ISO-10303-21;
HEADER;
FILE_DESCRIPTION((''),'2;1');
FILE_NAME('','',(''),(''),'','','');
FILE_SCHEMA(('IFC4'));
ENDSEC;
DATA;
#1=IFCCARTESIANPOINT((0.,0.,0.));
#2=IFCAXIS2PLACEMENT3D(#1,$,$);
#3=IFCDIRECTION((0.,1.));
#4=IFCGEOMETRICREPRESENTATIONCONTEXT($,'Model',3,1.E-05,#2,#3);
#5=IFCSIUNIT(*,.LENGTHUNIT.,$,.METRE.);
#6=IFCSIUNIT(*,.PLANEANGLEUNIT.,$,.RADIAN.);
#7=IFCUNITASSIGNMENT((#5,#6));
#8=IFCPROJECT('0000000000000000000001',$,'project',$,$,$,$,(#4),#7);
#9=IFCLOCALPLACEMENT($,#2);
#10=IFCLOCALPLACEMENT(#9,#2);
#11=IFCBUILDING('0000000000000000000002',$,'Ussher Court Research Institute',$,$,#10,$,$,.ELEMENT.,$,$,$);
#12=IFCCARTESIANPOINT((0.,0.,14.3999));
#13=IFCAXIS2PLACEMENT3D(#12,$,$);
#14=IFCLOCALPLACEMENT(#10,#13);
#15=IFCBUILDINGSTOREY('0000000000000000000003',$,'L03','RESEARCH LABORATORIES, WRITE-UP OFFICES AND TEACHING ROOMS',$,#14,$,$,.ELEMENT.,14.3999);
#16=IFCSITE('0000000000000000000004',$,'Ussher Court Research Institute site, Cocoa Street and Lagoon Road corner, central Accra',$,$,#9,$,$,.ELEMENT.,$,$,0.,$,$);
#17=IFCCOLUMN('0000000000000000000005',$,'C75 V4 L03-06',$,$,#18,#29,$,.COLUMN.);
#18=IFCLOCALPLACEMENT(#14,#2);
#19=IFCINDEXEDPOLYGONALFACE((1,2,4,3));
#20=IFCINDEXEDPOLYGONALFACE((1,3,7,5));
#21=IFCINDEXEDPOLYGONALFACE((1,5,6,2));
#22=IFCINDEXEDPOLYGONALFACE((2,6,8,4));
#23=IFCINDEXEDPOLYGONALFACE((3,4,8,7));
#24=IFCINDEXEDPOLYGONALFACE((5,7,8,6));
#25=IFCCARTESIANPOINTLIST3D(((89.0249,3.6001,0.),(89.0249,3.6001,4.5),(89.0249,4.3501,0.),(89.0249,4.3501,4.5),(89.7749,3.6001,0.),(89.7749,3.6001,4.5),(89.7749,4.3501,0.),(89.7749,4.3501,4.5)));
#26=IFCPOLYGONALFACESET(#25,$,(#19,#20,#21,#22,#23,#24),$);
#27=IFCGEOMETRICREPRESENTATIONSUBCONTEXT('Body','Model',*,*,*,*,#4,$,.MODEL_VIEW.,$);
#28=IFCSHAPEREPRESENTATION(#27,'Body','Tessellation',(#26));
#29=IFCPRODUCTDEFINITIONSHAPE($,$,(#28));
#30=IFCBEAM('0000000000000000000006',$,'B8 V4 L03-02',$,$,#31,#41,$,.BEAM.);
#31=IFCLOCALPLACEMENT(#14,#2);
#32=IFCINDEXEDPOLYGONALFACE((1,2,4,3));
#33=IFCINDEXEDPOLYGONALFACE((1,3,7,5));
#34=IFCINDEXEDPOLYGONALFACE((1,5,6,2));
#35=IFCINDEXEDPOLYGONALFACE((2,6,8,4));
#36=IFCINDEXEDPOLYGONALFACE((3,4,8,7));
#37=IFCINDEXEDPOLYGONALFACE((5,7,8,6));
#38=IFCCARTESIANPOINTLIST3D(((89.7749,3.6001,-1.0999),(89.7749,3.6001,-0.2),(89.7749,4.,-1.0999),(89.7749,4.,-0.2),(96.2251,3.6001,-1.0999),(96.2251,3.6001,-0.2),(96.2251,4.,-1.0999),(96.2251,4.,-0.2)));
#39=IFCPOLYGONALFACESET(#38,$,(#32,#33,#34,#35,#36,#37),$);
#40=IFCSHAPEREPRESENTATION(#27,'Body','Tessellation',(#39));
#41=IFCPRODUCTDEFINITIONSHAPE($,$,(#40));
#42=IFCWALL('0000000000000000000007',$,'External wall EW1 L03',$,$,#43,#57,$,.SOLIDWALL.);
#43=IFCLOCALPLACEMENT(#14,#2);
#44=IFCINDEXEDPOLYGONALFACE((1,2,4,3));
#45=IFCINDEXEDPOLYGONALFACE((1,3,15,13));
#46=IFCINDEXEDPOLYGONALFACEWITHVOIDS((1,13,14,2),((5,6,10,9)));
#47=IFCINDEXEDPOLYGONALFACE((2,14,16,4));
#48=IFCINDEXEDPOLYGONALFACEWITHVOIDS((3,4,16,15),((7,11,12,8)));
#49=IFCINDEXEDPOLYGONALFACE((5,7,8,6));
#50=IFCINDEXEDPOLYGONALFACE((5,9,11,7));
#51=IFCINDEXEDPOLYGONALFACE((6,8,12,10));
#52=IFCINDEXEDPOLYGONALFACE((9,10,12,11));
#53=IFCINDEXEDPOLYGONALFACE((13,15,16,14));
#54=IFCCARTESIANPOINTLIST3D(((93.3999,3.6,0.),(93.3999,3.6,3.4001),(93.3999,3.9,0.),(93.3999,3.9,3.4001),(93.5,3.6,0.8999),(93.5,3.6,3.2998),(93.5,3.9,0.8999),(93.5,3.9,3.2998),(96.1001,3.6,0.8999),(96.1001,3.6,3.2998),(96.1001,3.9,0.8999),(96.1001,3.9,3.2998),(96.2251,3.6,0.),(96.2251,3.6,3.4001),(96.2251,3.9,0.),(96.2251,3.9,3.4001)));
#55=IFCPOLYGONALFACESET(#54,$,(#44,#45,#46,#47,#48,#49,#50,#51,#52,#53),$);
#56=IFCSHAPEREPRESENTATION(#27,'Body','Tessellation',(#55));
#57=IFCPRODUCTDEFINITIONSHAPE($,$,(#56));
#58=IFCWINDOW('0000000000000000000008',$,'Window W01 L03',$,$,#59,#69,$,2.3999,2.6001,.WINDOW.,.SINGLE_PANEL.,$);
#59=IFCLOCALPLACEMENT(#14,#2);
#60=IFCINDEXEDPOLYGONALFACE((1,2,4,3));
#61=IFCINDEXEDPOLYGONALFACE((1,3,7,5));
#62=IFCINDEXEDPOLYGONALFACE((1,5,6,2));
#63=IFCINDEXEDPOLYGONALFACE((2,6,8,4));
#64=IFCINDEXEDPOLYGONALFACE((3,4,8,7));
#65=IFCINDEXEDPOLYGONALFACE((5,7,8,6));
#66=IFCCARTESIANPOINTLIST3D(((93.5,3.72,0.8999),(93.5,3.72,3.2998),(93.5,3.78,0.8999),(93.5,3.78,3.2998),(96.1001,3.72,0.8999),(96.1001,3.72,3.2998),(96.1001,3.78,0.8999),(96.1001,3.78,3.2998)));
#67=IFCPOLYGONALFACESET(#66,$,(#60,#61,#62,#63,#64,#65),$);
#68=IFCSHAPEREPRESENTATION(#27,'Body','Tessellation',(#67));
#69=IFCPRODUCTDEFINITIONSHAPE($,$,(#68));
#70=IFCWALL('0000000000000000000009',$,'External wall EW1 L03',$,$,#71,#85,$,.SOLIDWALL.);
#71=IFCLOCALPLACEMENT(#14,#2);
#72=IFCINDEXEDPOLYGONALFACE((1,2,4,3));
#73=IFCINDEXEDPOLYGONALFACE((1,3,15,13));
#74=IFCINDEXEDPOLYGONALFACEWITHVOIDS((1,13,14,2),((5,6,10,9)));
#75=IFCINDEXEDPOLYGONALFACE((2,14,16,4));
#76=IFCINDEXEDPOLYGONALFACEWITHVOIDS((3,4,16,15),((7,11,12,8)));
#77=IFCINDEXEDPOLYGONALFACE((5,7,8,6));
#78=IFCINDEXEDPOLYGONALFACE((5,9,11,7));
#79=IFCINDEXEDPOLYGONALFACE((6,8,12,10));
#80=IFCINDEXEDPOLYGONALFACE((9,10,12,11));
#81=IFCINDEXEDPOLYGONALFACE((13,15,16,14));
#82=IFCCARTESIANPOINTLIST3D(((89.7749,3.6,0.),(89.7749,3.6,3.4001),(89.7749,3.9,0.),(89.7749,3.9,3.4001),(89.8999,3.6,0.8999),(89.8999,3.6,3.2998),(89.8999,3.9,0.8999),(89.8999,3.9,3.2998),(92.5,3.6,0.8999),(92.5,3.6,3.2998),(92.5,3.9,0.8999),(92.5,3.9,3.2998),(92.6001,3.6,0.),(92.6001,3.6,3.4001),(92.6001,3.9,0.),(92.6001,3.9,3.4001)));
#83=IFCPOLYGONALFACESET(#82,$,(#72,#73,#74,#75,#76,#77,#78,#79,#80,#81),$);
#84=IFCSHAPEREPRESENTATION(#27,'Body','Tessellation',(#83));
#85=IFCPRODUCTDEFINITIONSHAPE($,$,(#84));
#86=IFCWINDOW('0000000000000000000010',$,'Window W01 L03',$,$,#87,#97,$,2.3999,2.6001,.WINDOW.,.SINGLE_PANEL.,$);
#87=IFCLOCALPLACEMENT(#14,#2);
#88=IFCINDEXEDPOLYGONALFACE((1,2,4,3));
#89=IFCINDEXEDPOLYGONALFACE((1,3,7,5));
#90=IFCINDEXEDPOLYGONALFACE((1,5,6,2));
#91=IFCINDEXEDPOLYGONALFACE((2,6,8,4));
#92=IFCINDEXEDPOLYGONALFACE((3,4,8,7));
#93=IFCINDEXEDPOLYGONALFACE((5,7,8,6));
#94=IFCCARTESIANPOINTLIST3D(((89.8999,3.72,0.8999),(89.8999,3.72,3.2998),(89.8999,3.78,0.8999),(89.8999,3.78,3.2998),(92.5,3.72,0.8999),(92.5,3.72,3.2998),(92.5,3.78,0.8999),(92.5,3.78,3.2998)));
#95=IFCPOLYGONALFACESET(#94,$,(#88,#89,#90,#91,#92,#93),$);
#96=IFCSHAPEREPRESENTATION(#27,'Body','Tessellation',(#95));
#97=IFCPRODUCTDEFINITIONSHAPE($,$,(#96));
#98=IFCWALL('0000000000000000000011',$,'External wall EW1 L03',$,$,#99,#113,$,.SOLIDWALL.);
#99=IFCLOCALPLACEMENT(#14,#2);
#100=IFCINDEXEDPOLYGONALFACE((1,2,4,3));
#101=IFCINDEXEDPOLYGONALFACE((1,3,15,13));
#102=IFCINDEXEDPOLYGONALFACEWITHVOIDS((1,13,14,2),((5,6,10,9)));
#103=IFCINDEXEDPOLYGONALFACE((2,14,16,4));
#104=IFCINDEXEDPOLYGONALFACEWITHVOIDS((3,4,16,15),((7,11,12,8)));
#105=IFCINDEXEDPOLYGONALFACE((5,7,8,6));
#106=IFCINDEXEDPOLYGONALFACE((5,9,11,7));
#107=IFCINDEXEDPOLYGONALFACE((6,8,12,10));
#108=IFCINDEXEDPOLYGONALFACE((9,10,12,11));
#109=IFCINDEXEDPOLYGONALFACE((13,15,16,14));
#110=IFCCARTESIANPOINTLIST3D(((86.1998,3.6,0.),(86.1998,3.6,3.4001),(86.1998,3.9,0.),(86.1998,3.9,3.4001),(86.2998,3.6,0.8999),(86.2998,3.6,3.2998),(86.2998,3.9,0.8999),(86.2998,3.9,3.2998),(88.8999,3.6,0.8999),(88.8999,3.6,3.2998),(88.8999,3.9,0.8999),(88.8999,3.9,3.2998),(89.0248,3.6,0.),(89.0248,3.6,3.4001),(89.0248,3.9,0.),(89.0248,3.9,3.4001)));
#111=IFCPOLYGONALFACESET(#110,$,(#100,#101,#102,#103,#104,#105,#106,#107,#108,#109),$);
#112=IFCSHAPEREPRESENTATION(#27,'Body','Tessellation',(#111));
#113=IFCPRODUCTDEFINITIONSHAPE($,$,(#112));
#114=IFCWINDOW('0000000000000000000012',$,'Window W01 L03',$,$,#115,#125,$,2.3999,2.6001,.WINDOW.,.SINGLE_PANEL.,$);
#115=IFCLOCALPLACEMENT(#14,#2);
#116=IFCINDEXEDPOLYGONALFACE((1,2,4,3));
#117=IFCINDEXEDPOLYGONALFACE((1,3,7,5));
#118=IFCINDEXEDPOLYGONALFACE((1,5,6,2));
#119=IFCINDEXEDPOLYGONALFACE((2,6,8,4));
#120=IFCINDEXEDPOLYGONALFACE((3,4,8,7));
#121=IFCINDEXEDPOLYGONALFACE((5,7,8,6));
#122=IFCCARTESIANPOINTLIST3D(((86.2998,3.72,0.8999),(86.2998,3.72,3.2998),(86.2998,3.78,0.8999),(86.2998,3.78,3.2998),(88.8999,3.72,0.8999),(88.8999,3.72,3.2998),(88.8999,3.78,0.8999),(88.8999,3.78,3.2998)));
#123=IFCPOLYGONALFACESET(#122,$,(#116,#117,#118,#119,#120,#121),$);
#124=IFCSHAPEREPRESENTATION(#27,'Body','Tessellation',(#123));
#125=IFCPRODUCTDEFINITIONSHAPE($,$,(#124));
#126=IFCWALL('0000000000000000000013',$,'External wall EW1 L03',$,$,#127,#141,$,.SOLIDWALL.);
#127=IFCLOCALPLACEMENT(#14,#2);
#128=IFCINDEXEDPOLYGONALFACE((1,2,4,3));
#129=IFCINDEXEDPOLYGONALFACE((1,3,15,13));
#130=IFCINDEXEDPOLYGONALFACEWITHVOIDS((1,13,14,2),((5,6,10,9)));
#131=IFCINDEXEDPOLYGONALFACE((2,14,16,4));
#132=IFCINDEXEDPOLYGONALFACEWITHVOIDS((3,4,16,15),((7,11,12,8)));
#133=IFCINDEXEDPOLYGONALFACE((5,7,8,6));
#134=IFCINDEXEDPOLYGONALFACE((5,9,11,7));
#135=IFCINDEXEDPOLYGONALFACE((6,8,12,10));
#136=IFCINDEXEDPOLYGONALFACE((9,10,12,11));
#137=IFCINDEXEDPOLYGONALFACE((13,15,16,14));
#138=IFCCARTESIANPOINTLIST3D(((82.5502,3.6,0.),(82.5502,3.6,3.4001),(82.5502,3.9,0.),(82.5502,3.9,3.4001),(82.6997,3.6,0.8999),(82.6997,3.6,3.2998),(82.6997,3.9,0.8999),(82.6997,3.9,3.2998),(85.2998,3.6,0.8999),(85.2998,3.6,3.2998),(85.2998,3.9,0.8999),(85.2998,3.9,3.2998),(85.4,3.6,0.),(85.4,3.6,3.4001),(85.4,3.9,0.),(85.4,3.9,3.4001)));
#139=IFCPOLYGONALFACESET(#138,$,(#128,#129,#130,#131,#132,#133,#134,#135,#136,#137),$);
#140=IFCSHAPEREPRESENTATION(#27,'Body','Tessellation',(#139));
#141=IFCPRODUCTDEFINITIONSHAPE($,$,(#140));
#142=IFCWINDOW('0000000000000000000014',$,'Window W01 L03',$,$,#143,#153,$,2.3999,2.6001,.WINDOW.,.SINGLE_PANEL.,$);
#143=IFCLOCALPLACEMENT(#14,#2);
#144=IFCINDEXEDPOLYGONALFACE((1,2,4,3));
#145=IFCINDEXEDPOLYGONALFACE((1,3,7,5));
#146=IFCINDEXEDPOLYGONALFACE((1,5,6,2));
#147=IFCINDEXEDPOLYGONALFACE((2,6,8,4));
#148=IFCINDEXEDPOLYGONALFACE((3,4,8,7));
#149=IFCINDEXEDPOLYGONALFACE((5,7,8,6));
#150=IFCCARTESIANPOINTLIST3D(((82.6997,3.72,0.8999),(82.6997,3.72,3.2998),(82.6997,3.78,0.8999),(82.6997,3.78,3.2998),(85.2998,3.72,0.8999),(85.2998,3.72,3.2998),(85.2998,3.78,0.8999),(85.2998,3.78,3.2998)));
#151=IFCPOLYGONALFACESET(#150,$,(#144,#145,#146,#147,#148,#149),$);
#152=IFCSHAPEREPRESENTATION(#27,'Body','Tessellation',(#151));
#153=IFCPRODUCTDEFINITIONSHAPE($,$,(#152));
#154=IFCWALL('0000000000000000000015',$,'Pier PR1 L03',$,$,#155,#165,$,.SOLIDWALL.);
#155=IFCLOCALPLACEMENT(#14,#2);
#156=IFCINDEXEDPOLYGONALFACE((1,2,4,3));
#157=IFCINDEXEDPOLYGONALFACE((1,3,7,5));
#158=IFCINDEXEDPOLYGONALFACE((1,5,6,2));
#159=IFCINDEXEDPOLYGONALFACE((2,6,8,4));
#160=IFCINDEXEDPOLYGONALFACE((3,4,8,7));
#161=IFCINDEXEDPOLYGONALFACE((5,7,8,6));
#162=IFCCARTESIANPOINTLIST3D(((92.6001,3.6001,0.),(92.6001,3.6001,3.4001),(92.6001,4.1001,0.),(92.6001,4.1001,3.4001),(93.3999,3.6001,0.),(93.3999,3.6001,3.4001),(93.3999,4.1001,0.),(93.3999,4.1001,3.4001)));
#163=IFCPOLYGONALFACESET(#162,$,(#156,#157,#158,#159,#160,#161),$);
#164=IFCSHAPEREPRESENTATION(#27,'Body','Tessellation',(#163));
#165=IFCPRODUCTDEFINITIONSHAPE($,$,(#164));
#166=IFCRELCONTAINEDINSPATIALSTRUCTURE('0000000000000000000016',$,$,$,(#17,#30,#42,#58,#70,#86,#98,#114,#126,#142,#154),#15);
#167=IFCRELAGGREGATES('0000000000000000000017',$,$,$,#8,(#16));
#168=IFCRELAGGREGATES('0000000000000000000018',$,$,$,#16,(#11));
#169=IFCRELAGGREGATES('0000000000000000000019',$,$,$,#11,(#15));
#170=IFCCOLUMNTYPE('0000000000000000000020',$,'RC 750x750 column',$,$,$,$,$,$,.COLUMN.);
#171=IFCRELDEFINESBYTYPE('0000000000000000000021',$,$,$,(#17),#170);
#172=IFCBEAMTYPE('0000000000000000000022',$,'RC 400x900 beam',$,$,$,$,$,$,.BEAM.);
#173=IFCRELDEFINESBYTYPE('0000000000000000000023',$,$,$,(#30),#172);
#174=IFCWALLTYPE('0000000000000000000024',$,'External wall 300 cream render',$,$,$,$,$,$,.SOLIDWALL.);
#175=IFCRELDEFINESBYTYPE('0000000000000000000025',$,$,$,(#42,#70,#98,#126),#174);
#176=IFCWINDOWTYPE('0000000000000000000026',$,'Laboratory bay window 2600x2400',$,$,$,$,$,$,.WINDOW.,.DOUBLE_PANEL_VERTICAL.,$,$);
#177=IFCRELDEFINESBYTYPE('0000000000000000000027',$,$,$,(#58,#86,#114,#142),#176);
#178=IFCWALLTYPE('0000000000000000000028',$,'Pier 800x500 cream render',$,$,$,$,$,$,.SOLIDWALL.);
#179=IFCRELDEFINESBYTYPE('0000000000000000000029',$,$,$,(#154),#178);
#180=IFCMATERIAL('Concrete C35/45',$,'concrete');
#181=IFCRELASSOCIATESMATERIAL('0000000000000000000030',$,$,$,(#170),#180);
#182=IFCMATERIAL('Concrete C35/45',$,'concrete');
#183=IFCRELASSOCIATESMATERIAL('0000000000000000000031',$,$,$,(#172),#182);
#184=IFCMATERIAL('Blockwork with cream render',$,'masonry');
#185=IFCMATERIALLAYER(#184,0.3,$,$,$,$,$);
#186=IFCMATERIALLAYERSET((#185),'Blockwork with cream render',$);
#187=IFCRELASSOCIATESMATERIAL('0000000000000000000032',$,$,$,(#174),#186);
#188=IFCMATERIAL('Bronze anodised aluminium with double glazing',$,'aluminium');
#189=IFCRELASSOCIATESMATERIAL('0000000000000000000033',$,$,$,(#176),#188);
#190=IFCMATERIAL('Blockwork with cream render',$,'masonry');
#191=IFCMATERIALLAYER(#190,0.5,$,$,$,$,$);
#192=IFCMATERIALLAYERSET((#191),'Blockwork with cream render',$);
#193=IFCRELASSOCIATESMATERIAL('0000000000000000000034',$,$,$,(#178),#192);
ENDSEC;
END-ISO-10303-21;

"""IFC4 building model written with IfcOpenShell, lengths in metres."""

from ifc_helpers import new_model, si_unit, direction, frame, frame_2d, origin, origin_2d, place, context, subcontext, project, spatial, rectangle, extrude, material, layer, layer_set, material_profile, profile_set, type_object, element, fill, save


model = new_model("IFC4")

# Units and contexts
model_context = context("Model", 3, precision=1e-05, world=origin(), true_north=direction((0.0, 1.0)))
body_context = subcontext(model_context, "Body", "Model", "MODEL_VIEW")
ifc_project = project(units=[si_unit("LENGTHUNIT", "METRE"), si_unit("PLANEANGLEUNIT", "RADIAN")], contexts=[model_context])

# Site, building, storey
site_placement = place(None, origin())
site = spatial("IfcSite", under=ifc_project, at=site_placement, Name="Ussher Court Research Institute site, Cocoa Street and Lagoon Road corner, central Accra", CompositionType="ELEMENT", RefElevation=0.0)
building_placement = place(site_placement, origin())
building = spatial("IfcBuilding", under=site, at=building_placement, Name="Ussher Court Research Institute", CompositionType="ELEMENT")
storey_placement = place(building_placement, frame((0.0, 0.0, 14.3999)))
storey = spatial("IfcBuildingStorey", under=building, at=storey_placement, Name="L03", Description="RESEARCH LABORATORIES, WRITE-UP OFFICES AND TEACHING ROOMS", CompositionType="ELEMENT", Elevation=14.3999)

# Column
ifc_material_1 = material(Name="Concrete C35/45", Category="concrete")
ifc_material_profile_1 = material_profile(ifc_material_1, rectangle(XDim=0.75, YDim=0.75, at=origin_2d()), Name="RC 750x750")
ifc_profile_set_1 = profile_set([ifc_material_profile_1], Name="Concrete C35/45")
column_type = type_object("IfcColumnType", Name="RC 750x750 column", PredefinedType="COLUMN", material=ifc_profile_set_1)
column_placement = place(storey_placement, frame((89.3999, 3.9751, 0.0), z_axis=(0.0, 0.0, 1.0), x_axis=(1.0, 0.0, 0.0)))
element("IfcColumn", 1, at=column_placement, inside=storey, type_object=column_type, Name="C75 V4 L03-06", PredefinedType="COLUMN", context=body_context, shape_type="SweptSolid", body=[
    extrude(rectangle(XDim=0.75, YDim=0.75, at=origin_2d()), origin(), (0.0, 0.0, 1.0), 4.5),
])

# Beam
ifc_material_2 = material(Name="Concrete C35/45", Category="concrete")
ifc_material_profile_2 = material_profile(ifc_material_2, rectangle(XDim=0.3999, YDim=0.8999, at=origin_2d()), Name="RC 400x900")
ifc_profile_set_2 = profile_set([ifc_material_profile_2], Name="Concrete C35/45")
beam_type = type_object("IfcBeamType", Name="RC 400x900 beam", PredefinedType="BEAM", material=ifc_profile_set_2)
beam_placement = place(storey_placement, frame((89.7749, 3.8, -0.6499), z_axis=(1.0, 0.0, 0.0), x_axis=(0.0, 1.0, 0.0)))
element("IfcBeam", 2, at=beam_placement, inside=storey, type_object=beam_type, Name="B8 V4 L03-02", PredefinedType="BEAM", context=body_context, shape_type="SweptSolid", body=[
    extrude(rectangle(XDim=0.3999, YDim=0.8999, at=origin_2d()), origin(), (0.0, 0.0, 1.0), 6.4502),
])

# Walls, openings, windows
ifc_material_3 = material(Name="Blockwork with cream render", Category="masonry")
ifc_layer_1 = layer(ifc_material_3, 0.3)
ifc_layer_set_1 = layer_set([ifc_layer_1], Name="Blockwork with cream render")
wall_type_1 = type_object("IfcWallType", Name="External wall 300 cream render", PredefinedType="SOLIDWALL", material=ifc_layer_set_1)
wall_1_placement = place(storey_placement, frame((96.2251, 3.75, 0.0), z_axis=(0.0, 0.0, 1.0), x_axis=(-1.0, 0.0, 0.0)))
wall_1 = element("IfcWall", 3, at=wall_1_placement, inside=storey, type_object=wall_type_1, Name="External wall EW1 L03", PredefinedType="SOLIDWALL", context=body_context, shape_type="SweptSolid", body=[
    extrude(rectangle(XDim=2.8252, YDim=0.3, at=frame_2d((1.4126, 0.0))), origin(), (0.0, 0.0, 1.0), 3.4001),
])
opening_1_placement = place(wall_1_placement, frame((0.125, 0.0, 0.8999)))
opening_1 = element("IfcOpeningElement", 4, at=opening_1_placement, cuts=wall_1, PredefinedType="OPENING", context=body_context, shape_type="SweptSolid", body=[
    extrude(rectangle(XDim=2.6001, YDim=2.3999, at=frame_2d((1.3, 1.2))), frame((0.0, 0.1602, 0.0), z_axis=(0.0, -1.0, 0.0), x_axis=(1.0, 0.0, 0.0)), (0.0, 0.0, 1.0), 0.3201),
])
ifc_material_4 = material(Name="Bronze anodised aluminium with double glazing", Category="aluminium")
window_type = type_object("IfcWindowType", Name="Laboratory bay window 2600x2400", PartitioningType="DOUBLE_PANEL_VERTICAL", PredefinedType="WINDOW", material=ifc_material_4)
window_1_placement = place(opening_1_placement, origin())
window_1 = element("IfcWindow", 5, at=window_1_placement, inside=storey, type_object=window_type, Name="Window W01 L03", OverallHeight=2.3999, OverallWidth=2.6001, PartitioningType="SINGLE_PANEL", PredefinedType="WINDOW", context=body_context, shape_type="SweptSolid", body=[
    extrude(rectangle(XDim=2.6001, YDim=2.3999, at=frame_2d((1.3, 1.2))), frame((0.0, 0.03, 0.0), z_axis=(0.0, -1.0, 0.0), x_axis=(1.0, 0.0, 0.0)), (0.0, 0.0, 1.0), 0.0601),
])
fill(opening_1, window_1)
wall_2_placement = place(storey_placement, frame((92.6001, 3.75, 0.0), z_axis=(0.0, 0.0, 1.0), x_axis=(-1.0, 0.0, 0.0)))
wall_2 = element("IfcWall", 6, at=wall_2_placement, inside=storey, type_object=wall_type_1, Name="External wall EW1 L03", PredefinedType="SOLIDWALL", context=body_context, shape_type="SweptSolid", body=[
    extrude(rectangle(XDim=2.8252, YDim=0.3, at=frame_2d((1.4126, 0.0))), origin(), (0.0, 0.0, 1.0), 3.4001),
])
opening_2_placement = place(wall_2_placement, frame((0.1001, 0.0, 0.8999)))
opening_2 = element("IfcOpeningElement", 7, at=opening_2_placement, cuts=wall_2, PredefinedType="OPENING", context=body_context, shape_type="SweptSolid", body=[
    extrude(rectangle(XDim=2.6001, YDim=2.3999, at=frame_2d((1.3, 1.2))), frame((0.0, 0.1602, 0.0), z_axis=(0.0, -1.0, 0.0), x_axis=(1.0, 0.0, 0.0)), (0.0, 0.0, 1.0), 0.3201),
])
window_2_placement = place(opening_2_placement, origin())
window_2 = element("IfcWindow", 8, at=window_2_placement, inside=storey, type_object=window_type, Name="Window W01 L03", OverallHeight=2.3999, OverallWidth=2.6001, PartitioningType="SINGLE_PANEL", PredefinedType="WINDOW", context=body_context, shape_type="SweptSolid", body=[
    extrude(rectangle(XDim=2.6001, YDim=2.3999, at=frame_2d((1.3, 1.2))), frame((0.0, 0.03, 0.0), z_axis=(0.0, -1.0, 0.0), x_axis=(1.0, 0.0, 0.0)), (0.0, 0.0, 1.0), 0.0601),
])
fill(opening_2, window_2)
wall_3_placement = place(storey_placement, frame((89.0249, 3.75, 0.0), z_axis=(0.0, 0.0, 1.0), x_axis=(-1.0, 0.0, 0.0)))
wall_3 = element("IfcWall", 9, at=wall_3_placement, inside=storey, type_object=wall_type_1, Name="External wall EW1 L03", PredefinedType="SOLIDWALL", context=body_context, shape_type="SweptSolid", body=[
    extrude(rectangle(XDim=2.825, YDim=0.3, at=frame_2d((1.4126, 0.0))), origin(), (0.0, 0.0, 1.0), 3.4001),
])
opening_3_placement = place(wall_3_placement, frame((0.125, 0.0, 0.8999)))
opening_3 = element("IfcOpeningElement", 10, at=opening_3_placement, cuts=wall_3, PredefinedType="OPENING", context=body_context, shape_type="SweptSolid", body=[
    extrude(rectangle(XDim=2.6001, YDim=2.3999, at=frame_2d((1.3, 1.2))), frame((0.0, 0.1602, 0.0), z_axis=(0.0, -1.0, 0.0), x_axis=(1.0, 0.0, 0.0)), (0.0, 0.0, 1.0), 0.3201),
])
window_3_placement = place(opening_3_placement, origin())
window_3 = element("IfcWindow", 11, at=window_3_placement, inside=storey, type_object=window_type, Name="Window W01 L03", OverallHeight=2.3999, OverallWidth=2.6001, PartitioningType="SINGLE_PANEL", PredefinedType="WINDOW", context=body_context, shape_type="SweptSolid", body=[
    extrude(rectangle(XDim=2.6001, YDim=2.3999, at=frame_2d((1.3, 1.2))), frame((0.0, 0.03, 0.0), z_axis=(0.0, -1.0, 0.0), x_axis=(1.0, 0.0, 0.0)), (0.0, 0.0, 1.0), 0.0601),
])
fill(opening_3, window_3)
wall_4_placement = place(storey_placement, frame((85.3999, 3.75, 0.0), z_axis=(0.0, 0.0, 1.0), x_axis=(-1.0, 0.0, 0.0)))
wall_4 = element("IfcWall", 12, at=wall_4_placement, inside=storey, type_object=wall_type_1, Name="External wall EW1 L03", PredefinedType="SOLIDWALL", context=body_context, shape_type="SweptSolid", body=[
    extrude(rectangle(XDim=2.8499, YDim=0.3, at=frame_2d((1.4248, 0.0))), origin(), (0.0, 0.0, 1.0), 3.4001),
])
opening_4_placement = place(wall_4_placement, frame((0.1001, 0.0, 0.8999)))
opening_4 = element("IfcOpeningElement", 13, at=opening_4_placement, cuts=wall_4, PredefinedType="OPENING", context=body_context, shape_type="SweptSolid", body=[
    extrude(rectangle(XDim=2.6001, YDim=2.3999, at=frame_2d((1.3, 1.2))), frame((0.0, 0.1602, 0.0), z_axis=(0.0, -1.0, 0.0), x_axis=(1.0, 0.0, 0.0)), (0.0, 0.0, 1.0), 0.3201),
])
window_4_placement = place(opening_4_placement, origin())
window_4 = element("IfcWindow", 14, at=window_4_placement, inside=storey, type_object=window_type, Name="Window W01 L03", OverallHeight=2.3999, OverallWidth=2.6001, PartitioningType="SINGLE_PANEL", PredefinedType="WINDOW", context=body_context, shape_type="SweptSolid", body=[
    extrude(rectangle(XDim=2.6001, YDim=2.3999, at=frame_2d((1.3, 1.2))), frame((0.0, 0.03, 0.0), z_axis=(0.0, -1.0, 0.0), x_axis=(1.0, 0.0, 0.0)), (0.0, 0.0, 1.0), 0.0601),
])
fill(opening_4, window_4)

# Wall
ifc_material_5 = material(Name="Blockwork with cream render", Category="masonry")
ifc_layer_2 = layer(ifc_material_5, 0.5)
ifc_layer_set_2 = layer_set([ifc_layer_2], Name="Blockwork with cream render")
wall_type_2 = type_object("IfcWallType", Name="Pier 800x500 cream render", PredefinedType="SOLIDWALL", material=ifc_layer_set_2)
wall_5_placement = place(storey_placement, frame((93.3999, 3.8501, 0.0), z_axis=(0.0, 0.0, 1.0), x_axis=(-1.0, 0.0, 0.0)))
element("IfcWall", 15, at=wall_5_placement, inside=storey, type_object=wall_type_2, Name="Pier PR1 L03", PredefinedType="SOLIDWALL", context=body_context, shape_type="SweptSolid", body=[
    extrude(rectangle(XDim=0.7998, YDim=0.5, at=frame_2d((0.3999, 0.0))), origin(), (0.0, 0.0, 1.0), 3.4001),
])

save(model, "model.ifc")
